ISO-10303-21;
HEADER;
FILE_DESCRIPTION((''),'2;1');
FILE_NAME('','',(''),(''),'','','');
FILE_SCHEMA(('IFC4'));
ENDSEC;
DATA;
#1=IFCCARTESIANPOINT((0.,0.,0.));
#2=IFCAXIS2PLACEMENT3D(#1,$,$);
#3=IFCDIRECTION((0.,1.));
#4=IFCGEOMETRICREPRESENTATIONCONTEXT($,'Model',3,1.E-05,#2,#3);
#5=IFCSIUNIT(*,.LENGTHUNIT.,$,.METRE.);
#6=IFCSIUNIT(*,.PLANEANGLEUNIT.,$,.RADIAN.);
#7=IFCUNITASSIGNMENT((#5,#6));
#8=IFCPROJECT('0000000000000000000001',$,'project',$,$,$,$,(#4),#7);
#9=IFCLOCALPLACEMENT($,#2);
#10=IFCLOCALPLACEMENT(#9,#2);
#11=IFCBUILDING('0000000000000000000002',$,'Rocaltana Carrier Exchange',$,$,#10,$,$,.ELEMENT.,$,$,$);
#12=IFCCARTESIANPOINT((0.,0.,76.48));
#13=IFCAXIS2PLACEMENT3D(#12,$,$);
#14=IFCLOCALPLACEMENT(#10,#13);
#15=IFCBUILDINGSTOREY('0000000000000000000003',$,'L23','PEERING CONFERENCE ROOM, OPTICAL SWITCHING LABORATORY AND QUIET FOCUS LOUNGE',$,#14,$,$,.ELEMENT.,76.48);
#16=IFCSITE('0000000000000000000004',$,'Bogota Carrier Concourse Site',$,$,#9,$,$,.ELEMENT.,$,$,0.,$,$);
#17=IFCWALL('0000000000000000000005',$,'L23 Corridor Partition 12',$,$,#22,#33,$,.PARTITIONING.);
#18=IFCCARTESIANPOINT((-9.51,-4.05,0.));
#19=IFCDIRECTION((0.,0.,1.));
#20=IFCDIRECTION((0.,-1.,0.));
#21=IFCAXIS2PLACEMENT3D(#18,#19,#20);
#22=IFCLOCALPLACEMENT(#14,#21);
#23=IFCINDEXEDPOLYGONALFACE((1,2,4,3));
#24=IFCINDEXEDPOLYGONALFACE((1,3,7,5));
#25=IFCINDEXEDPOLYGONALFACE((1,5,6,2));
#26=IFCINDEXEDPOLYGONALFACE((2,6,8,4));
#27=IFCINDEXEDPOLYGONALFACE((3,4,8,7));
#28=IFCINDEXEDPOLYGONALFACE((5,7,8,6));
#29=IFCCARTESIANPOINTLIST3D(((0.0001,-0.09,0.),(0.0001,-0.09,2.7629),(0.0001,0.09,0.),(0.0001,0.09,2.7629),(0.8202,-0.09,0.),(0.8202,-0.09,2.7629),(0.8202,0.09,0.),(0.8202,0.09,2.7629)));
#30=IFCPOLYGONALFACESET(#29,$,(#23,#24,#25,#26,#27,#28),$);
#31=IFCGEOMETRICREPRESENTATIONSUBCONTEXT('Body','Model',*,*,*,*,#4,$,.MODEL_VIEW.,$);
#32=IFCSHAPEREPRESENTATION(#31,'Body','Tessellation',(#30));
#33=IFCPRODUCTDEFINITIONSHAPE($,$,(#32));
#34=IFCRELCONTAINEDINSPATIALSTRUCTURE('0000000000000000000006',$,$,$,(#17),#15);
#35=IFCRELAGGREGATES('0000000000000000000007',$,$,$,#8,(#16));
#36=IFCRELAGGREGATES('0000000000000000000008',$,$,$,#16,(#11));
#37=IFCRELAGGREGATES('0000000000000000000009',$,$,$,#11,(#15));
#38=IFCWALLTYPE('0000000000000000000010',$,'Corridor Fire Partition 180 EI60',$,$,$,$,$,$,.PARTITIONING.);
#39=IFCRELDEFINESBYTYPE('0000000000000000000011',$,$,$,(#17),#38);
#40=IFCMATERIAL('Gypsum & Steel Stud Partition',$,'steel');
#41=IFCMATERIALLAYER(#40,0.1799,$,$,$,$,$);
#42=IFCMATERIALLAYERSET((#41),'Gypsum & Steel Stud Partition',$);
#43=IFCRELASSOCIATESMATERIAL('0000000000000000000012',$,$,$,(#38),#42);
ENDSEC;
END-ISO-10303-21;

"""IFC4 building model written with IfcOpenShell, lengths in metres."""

from ifc_helpers import new_model, si_unit, direction, frame, frame_2d, origin, place, context, subcontext, project, spatial, rectangle, extrude, material, layer, layer_set, type_object, element, save


model = new_model("IFC4")

# Units and contexts
model_context = context("Model", 3, precision=1e-05, world=origin(), true_north=direction((0.0, 1.0)))
body_context = subcontext(model_context, "Body", "Model", "MODEL_VIEW")
ifc_project = project(units=[si_unit("LENGTHUNIT", "METRE"), si_unit("PLANEANGLEUNIT", "RADIAN")], contexts=[model_context])

# Site, building, storey
site_placement = place(None, origin())
site = spatial("IfcSite", under=ifc_project, at=site_placement, Name="Bogota Carrier Concourse Site", CompositionType="ELEMENT", RefElevation=0.0)
building_placement = place(site_placement, origin())
building = spatial("IfcBuilding", under=site, at=building_placement, Name="Rocaltana Carrier Exchange", CompositionType="ELEMENT")
storey_placement = place(building_placement, frame((0.0, 0.0, 76.48)))
storey = spatial("IfcBuildingStorey", under=building, at=storey_placement, Name="L23", Description="PEERING CONFERENCE ROOM, OPTICAL SWITCHING LABORATORY AND QUIET FOCUS LOUNGE", CompositionType="ELEMENT", Elevation=76.48)

# Shared definitions
ifc_material_1 = material(Name="Gypsum & Steel Stud Partition", Category="steel")
ifc_layer_1 = layer(ifc_material_1, 0.1799)
ifc_layer_set_1 = layer_set([ifc_layer_1], Name="Gypsum & Steel Stud Partition")
wall_type_1 = type_object("IfcWallType", Name="Corridor Fire Partition 180 EI60", PredefinedType="PARTITIONING", material=ifc_layer_set_1)

# Wall
wall_1_placement = place(storey_placement, frame((-9.51, -4.05, 0.0), z_axis=(0.0, 0.0, 1.0), x_axis=(0.0, -1.0, 0.0)))
element("IfcWall", 1, at=wall_1_placement, inside=storey, type_object=wall_type_1, Name="L23 Corridor Partition 12", PredefinedType="PARTITIONING", context=body_context, shape_type="SweptSolid", body=[
    extrude(rectangle(XDim=0.8201, YDim=0.1799, at=frame_2d((0.4102, 0.0))), origin(), (0.0, 0.0, 1.0), 2.7629),
])

save(model, "model.ifc")
